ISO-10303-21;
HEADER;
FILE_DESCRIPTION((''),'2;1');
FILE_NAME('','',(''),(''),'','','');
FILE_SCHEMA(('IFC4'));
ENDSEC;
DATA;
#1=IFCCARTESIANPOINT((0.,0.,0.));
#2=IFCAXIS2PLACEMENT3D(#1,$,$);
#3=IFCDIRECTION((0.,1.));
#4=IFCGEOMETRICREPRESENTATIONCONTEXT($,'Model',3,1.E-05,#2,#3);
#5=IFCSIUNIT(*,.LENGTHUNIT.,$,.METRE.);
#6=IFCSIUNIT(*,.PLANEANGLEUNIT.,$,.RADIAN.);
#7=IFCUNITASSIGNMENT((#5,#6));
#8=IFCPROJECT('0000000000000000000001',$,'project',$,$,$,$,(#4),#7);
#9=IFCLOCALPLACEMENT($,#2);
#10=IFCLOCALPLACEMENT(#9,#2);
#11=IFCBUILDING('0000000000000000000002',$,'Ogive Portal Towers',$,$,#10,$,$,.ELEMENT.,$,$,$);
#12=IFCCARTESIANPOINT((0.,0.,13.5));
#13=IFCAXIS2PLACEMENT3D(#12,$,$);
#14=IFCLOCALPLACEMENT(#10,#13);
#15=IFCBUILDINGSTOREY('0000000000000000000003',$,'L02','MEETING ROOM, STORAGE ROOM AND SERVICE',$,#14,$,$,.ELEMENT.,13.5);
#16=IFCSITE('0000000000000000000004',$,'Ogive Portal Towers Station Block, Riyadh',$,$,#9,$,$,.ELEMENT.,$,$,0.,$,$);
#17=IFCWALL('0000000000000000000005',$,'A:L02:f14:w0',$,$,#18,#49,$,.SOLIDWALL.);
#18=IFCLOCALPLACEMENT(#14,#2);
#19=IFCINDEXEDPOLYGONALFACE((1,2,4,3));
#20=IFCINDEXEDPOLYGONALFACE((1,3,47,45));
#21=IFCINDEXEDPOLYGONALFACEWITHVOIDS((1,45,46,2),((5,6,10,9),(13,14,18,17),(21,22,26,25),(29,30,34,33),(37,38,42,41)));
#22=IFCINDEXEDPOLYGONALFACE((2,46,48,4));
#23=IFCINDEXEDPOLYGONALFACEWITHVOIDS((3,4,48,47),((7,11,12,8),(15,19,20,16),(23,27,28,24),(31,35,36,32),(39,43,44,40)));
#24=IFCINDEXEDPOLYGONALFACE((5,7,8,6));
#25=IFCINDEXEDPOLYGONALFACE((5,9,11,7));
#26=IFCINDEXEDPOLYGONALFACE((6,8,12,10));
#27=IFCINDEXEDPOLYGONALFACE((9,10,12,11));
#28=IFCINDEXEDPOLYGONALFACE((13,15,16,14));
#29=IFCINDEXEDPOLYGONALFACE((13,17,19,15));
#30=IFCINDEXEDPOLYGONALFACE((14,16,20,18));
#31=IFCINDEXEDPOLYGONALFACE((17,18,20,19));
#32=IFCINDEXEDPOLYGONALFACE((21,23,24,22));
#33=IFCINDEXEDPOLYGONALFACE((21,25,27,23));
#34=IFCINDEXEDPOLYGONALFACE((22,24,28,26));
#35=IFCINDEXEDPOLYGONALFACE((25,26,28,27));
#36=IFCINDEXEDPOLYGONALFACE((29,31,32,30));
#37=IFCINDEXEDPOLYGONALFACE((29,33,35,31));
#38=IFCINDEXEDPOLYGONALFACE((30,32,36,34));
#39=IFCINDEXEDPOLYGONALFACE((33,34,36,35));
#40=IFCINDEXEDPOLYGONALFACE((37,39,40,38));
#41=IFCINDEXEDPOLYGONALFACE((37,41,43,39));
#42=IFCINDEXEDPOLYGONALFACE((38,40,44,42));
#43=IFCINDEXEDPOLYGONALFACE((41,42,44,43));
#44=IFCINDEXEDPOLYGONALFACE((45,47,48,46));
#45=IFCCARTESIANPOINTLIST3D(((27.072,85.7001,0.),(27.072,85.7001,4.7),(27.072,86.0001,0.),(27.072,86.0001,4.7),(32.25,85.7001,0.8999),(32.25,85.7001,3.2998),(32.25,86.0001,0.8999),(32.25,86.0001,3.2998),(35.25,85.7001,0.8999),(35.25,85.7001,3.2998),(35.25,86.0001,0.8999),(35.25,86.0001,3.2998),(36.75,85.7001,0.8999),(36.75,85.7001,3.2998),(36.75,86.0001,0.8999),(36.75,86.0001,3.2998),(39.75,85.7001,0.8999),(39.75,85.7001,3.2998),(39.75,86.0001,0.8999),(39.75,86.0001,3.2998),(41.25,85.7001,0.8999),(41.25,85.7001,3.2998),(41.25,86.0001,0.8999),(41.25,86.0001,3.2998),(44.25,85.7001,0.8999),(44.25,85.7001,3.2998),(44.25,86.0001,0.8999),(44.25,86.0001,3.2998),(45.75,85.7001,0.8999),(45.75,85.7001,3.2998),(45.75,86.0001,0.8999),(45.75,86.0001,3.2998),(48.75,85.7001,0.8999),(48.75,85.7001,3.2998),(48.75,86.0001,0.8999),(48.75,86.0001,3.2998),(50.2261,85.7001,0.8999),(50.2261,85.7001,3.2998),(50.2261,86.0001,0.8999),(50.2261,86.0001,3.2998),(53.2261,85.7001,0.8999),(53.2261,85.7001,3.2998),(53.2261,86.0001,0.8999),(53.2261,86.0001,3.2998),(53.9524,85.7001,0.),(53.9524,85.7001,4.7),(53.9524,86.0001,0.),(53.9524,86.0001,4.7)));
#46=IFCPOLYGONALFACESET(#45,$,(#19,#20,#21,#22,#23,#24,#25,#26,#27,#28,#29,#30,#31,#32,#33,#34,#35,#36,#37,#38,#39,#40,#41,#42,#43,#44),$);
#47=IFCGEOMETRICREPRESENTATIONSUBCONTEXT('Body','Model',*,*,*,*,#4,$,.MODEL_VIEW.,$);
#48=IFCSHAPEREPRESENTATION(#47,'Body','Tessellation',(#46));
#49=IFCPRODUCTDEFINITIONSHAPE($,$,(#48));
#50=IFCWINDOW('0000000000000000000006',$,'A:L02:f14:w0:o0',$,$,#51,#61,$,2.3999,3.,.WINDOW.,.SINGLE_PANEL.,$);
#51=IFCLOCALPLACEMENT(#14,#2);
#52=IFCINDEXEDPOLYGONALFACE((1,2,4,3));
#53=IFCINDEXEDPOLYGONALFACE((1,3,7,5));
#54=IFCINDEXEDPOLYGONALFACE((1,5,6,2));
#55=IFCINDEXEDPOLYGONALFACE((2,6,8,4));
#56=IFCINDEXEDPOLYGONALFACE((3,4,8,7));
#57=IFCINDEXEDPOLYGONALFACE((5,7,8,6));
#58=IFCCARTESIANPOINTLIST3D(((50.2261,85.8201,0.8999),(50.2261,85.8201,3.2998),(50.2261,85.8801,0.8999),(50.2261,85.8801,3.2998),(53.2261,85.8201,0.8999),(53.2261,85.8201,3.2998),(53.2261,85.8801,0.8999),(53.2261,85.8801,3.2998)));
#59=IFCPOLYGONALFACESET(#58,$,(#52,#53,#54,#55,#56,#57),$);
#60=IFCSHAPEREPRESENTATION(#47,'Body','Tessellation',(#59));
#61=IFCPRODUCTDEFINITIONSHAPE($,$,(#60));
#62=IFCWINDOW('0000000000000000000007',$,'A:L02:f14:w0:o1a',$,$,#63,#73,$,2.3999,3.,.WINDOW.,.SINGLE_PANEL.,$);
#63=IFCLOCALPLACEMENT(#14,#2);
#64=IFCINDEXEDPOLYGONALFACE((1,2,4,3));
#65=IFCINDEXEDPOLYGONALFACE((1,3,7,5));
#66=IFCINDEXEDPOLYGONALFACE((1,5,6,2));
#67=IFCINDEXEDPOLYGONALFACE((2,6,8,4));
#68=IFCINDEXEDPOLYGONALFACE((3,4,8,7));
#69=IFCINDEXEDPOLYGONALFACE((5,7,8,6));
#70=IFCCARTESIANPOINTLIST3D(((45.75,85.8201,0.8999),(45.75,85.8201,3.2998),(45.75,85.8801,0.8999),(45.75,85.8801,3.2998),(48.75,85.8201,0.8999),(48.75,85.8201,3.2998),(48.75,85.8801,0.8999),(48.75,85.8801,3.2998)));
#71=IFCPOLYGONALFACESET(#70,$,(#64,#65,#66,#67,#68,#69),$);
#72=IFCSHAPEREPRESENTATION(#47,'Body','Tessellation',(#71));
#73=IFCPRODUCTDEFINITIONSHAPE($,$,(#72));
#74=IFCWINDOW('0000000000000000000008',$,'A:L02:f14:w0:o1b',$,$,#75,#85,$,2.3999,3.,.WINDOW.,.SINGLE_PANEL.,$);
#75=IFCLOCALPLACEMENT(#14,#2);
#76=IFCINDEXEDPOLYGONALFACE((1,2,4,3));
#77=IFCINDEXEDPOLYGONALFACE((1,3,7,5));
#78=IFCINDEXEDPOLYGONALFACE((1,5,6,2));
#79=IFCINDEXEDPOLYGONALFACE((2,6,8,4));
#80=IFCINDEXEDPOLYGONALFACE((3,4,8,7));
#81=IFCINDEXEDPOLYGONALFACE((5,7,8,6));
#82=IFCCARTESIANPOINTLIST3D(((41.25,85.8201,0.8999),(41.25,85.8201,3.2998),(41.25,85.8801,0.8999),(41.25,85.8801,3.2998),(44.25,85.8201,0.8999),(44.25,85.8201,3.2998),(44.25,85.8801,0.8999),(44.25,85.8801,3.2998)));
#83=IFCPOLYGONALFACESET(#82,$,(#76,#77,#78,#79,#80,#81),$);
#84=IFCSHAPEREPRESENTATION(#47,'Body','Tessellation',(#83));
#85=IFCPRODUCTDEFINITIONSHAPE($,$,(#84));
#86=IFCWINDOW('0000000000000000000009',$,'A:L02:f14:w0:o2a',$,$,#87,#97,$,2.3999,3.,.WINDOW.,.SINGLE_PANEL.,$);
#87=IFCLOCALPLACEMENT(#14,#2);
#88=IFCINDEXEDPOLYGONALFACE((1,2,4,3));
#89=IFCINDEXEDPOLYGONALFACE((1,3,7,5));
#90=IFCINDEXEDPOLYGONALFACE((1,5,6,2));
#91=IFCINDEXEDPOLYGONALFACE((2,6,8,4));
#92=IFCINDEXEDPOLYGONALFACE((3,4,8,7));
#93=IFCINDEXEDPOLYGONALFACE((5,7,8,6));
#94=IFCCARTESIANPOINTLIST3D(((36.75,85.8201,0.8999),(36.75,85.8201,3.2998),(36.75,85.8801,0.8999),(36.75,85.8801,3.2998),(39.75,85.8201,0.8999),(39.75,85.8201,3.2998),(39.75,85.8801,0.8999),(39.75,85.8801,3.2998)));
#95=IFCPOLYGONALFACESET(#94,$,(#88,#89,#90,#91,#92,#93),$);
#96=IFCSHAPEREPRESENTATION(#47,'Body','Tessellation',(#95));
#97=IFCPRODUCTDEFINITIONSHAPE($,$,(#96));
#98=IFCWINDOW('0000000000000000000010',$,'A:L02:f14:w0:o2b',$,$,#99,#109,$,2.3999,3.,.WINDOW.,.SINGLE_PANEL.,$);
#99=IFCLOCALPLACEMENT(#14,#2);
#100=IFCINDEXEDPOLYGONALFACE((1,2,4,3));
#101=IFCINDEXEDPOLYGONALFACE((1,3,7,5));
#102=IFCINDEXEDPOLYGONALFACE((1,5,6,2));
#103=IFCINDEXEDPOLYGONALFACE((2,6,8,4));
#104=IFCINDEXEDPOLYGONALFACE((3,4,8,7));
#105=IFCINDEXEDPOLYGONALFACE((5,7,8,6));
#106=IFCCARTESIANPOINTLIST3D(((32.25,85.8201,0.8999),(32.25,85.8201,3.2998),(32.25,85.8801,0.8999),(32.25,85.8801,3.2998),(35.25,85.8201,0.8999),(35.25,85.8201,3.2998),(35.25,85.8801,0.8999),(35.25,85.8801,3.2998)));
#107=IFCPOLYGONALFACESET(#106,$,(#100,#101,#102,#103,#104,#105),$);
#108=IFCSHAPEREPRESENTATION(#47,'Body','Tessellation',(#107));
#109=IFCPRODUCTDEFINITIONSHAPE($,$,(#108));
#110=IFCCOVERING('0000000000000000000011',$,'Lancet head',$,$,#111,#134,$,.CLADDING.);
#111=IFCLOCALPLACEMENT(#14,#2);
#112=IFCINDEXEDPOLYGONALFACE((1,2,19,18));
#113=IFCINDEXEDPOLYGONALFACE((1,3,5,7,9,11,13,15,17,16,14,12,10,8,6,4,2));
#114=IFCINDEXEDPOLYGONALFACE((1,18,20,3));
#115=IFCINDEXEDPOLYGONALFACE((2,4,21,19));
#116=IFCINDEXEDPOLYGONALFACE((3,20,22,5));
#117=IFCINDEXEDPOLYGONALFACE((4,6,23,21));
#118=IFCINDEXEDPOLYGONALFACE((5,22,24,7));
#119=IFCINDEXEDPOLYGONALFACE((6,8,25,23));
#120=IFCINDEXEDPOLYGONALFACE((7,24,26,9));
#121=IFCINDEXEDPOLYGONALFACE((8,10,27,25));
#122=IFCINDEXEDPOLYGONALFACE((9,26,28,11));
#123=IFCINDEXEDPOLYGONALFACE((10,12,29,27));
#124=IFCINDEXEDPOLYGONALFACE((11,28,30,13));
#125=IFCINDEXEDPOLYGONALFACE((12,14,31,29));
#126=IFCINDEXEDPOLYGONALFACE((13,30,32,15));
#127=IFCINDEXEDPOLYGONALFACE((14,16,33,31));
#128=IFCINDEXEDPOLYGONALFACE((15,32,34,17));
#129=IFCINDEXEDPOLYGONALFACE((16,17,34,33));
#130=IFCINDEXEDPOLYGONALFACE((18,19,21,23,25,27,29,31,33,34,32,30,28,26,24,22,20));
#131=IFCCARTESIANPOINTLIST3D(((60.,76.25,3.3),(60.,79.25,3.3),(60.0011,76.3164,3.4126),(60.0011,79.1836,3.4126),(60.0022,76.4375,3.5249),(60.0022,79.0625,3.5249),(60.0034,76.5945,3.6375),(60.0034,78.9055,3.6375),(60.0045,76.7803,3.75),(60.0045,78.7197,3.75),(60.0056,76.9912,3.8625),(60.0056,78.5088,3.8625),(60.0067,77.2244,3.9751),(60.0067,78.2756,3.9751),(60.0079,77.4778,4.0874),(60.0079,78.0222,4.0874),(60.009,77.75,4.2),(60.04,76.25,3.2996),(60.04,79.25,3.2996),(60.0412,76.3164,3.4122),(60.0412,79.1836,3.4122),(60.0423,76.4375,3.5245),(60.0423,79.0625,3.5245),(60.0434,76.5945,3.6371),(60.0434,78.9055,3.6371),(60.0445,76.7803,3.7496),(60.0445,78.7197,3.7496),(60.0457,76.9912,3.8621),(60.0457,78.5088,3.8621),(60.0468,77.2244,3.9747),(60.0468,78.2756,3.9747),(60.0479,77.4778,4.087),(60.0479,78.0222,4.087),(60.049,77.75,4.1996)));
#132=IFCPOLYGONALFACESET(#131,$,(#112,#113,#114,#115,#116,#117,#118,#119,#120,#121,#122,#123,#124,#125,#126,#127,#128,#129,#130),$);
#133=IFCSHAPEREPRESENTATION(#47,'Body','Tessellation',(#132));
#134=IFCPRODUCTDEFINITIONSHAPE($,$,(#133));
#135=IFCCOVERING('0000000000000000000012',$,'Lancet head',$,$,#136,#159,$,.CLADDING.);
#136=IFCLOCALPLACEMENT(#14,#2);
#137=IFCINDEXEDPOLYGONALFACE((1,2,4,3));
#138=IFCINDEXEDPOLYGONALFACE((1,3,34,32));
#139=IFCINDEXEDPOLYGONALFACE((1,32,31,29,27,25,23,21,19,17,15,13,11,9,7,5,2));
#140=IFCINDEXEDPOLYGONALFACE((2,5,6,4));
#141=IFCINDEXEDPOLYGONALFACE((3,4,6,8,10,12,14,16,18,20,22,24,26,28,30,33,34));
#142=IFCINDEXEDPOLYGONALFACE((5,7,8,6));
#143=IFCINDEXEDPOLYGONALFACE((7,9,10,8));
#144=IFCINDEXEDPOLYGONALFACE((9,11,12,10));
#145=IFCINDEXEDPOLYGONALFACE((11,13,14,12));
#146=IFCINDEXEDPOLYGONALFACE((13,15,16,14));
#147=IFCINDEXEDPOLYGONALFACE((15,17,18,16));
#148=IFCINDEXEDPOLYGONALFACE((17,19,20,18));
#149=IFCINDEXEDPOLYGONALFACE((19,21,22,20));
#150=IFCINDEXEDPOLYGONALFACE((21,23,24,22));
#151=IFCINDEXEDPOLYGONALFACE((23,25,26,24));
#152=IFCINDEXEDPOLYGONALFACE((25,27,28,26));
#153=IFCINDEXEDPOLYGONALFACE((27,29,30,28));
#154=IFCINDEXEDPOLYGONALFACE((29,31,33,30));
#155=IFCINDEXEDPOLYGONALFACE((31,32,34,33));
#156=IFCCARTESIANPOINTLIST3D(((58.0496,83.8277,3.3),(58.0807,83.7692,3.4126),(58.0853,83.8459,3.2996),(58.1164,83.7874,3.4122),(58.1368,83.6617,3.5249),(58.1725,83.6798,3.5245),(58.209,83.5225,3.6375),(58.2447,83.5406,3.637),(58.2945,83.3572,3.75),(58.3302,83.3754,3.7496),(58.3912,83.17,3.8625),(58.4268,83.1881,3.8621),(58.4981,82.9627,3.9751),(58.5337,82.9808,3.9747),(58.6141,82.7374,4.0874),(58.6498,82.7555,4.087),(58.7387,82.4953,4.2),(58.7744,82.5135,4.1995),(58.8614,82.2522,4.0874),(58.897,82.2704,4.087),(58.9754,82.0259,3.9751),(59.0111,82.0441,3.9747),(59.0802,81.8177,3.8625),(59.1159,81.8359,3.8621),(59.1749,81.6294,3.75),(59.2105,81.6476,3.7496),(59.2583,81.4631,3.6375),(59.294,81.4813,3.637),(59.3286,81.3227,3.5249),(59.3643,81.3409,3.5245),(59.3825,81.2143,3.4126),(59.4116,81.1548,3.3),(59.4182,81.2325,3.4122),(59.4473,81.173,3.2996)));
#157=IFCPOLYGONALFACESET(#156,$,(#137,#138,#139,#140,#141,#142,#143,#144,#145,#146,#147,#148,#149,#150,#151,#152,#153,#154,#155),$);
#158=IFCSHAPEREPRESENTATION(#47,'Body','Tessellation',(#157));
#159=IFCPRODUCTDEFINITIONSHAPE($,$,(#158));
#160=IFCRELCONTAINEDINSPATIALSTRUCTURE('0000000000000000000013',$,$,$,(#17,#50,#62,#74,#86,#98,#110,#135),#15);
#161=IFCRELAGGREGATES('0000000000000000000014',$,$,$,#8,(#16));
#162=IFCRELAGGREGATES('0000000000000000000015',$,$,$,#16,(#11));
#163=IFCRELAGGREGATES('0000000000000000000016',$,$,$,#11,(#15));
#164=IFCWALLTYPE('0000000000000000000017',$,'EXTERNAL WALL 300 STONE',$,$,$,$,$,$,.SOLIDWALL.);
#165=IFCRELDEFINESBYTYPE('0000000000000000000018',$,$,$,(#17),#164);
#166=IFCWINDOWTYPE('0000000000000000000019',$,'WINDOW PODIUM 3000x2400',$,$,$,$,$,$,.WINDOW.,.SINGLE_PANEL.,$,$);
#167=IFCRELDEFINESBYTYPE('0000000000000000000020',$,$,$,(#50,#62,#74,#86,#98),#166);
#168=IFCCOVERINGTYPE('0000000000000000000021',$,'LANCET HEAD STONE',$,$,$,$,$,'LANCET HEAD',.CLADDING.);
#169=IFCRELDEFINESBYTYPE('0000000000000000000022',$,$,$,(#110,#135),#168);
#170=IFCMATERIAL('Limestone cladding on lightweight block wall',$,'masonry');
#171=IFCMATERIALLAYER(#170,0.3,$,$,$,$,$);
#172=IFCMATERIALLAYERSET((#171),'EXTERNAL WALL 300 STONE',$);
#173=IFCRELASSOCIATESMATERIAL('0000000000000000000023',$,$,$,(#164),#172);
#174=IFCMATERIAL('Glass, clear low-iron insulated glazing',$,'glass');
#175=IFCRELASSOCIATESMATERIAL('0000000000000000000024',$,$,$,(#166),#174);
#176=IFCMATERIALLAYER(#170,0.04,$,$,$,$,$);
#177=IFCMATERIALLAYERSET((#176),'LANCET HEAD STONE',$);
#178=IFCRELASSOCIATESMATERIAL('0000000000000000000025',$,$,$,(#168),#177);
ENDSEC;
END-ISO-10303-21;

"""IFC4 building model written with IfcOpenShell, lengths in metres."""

from ifc_helpers import new_model, si_unit, direction, frame, frame_2d, origin, place, context, subcontext, project, spatial, polyline, rectangle, outline, extrude, material, layer, layer_set, type_object, element, fill, save


model = new_model("IFC4")

# Units and contexts
model_context = context("Model", 3, precision=1e-05, world=origin(), true_north=direction((0.0, 1.0)))
body_context = subcontext(model_context, "Body", "Model", "MODEL_VIEW")
ifc_project = project(units=[si_unit("LENGTHUNIT", "METRE"), si_unit("PLANEANGLEUNIT", "RADIAN")], contexts=[model_context])

# Site, building, storey
site_placement = place(None, origin())
site = spatial("IfcSite", under=ifc_project, at=site_placement, Name="Ogive Portal Towers Station Block, Riyadh", CompositionType="ELEMENT", RefElevation=0.0)
building_placement = place(site_placement, origin())
building = spatial("IfcBuilding", under=site, at=building_placement, Name="Ogive Portal Towers", CompositionType="ELEMENT")
storey_placement = place(building_placement, frame((0.0, 0.0, 13.5)))
storey = spatial("IfcBuildingStorey", under=building, at=storey_placement, Name="L02", Description="MEETING ROOM, STORAGE ROOM AND SERVICE", CompositionType="ELEMENT", Elevation=13.5)

# Shared definitions
ifc_material_1 = material(Name="Limestone cladding on lightweight block wall", Category="masonry")
ifc_layer_1 = layer(ifc_material_1, 0.3)
ifc_layer_set_1 = layer_set([ifc_layer_1], Name="EXTERNAL WALL 300 STONE")
wall_type = type_object("IfcWallType", Name="EXTERNAL WALL 300 STONE", PredefinedType="SOLIDWALL", material=ifc_layer_set_1)
ifc_material_2 = material(Name="Glass, clear low-iron insulated glazing", Category="glass")
window_type = type_object("IfcWindowType", Name="WINDOW PODIUM 3000x2400", PartitioningType="SINGLE_PANEL", PredefinedType="WINDOW", material=ifc_material_2)

# Wall, openings, windows
wall_1_placement = place(storey_placement, frame((53.9524, 85.8501, 0.0), z_axis=(0.0, 0.0, 1.0), x_axis=(-1.0, 0.0, 0.0)))
wall_1 = element("IfcWall", 1, at=wall_1_placement, inside=storey, type_object=wall_type, Name="A:L02:f14:w0", PredefinedType="SOLIDWALL", context=body_context, shape_type="SweptSolid", body=[
    extrude(rectangle(XDim=26.8804, YDim=0.3, at=frame_2d((13.4402, 0.0))), origin(), (0.0, 0.0, 1.0), 4.7),
])
opening_1_placement = place(wall_1_placement, frame((0.7263, 0.0, 0.8999)))
opening_1 = element("IfcOpeningElement", 2, at=opening_1_placement, cuts=wall_1, PredefinedType="OPENING", context=body_context, shape_type="SweptSolid", body=[
    extrude(rectangle(XDim=3.0, YDim=2.3999, at=frame_2d((1.5, 1.2))), frame((0.0, 0.1602, 0.0), z_axis=(0.0, -1.0, 0.0), x_axis=(1.0, 0.0, 0.0)), (0.0, 0.0, 1.0), 0.3201),
])
opening_2_placement = place(wall_1_placement, frame((5.2024, 0.0, 0.8999)))
opening_2 = element("IfcOpeningElement", 3, at=opening_2_placement, cuts=wall_1, PredefinedType="OPENING", context=body_context, shape_type="SweptSolid", body=[
    extrude(rectangle(XDim=3.0, YDim=2.3999, at=frame_2d((1.5, 1.2))), frame((0.0, 0.1602, 0.0), z_axis=(0.0, -1.0, 0.0), x_axis=(1.0, 0.0, 0.0)), (0.0, 0.0, 1.0), 0.3201),
])
opening_3_placement = place(wall_1_placement, frame((9.7024, 0.0, 0.8999)))
opening_3 = element("IfcOpeningElement", 4, at=opening_3_placement, cuts=wall_1, PredefinedType="OPENING", context=body_context, shape_type="SweptSolid", body=[
    extrude(rectangle(XDim=3.0, YDim=2.3999, at=frame_2d((1.5, 1.2))), frame((0.0, 0.1602, 0.0), z_axis=(0.0, -1.0, 0.0), x_axis=(1.0, 0.0, 0.0)), (0.0, 0.0, 1.0), 0.3201),
])
opening_4_placement = place(wall_1_placement, frame((14.2024, 0.0, 0.8999)))
opening_4 = element("IfcOpeningElement", 5, at=opening_4_placement, cuts=wall_1, PredefinedType="OPENING", context=body_context, shape_type="SweptSolid", body=[
    extrude(rectangle(XDim=3.0, YDim=2.3999, at=frame_2d((1.5, 1.2))), frame((0.0, 0.1602, 0.0), z_axis=(0.0, -1.0, 0.0), x_axis=(1.0, 0.0, 0.0)), (0.0, 0.0, 1.0), 0.3201),
])
opening_5_placement = place(wall_1_placement, frame((18.7024, 0.0, 0.8999)))
opening_5 = element("IfcOpeningElement", 6, at=opening_5_placement, cuts=wall_1, PredefinedType="OPENING", context=body_context, shape_type="SweptSolid", body=[
    extrude(rectangle(XDim=3.0, YDim=2.3999, at=frame_2d((1.5, 1.2))), frame((0.0, 0.1602, 0.0), z_axis=(0.0, -1.0, 0.0), x_axis=(1.0, 0.0, 0.0)), (0.0, 0.0, 1.0), 0.3201),
])
window_1_placement = place(opening_1_placement, origin())
window_1 = element("IfcWindow", 7, at=window_1_placement, inside=storey, type_object=window_type, Name="A:L02:f14:w0:o0", OverallHeight=2.3999, OverallWidth=3.0, PartitioningType="SINGLE_PANEL", PredefinedType="WINDOW", context=body_context, shape_type="SweptSolid", body=[
    extrude(rectangle(XDim=3.0, YDim=2.3999, at=frame_2d((1.5, 1.2))), frame((0.0, 0.03, 0.0), z_axis=(0.0, -1.0, 0.0), x_axis=(1.0, 0.0, 0.0)), (0.0, 0.0, 1.0), 0.0601),
])
fill(opening_1, window_1)
window_2_placement = place(opening_2_placement, origin())
window_2 = element("IfcWindow", 8, at=window_2_placement, inside=storey, type_object=window_type, Name="A:L02:f14:w0:o1a", OverallHeight=2.3999, OverallWidth=3.0, PartitioningType="SINGLE_PANEL", PredefinedType="WINDOW", context=body_context, shape_type="SweptSolid", body=[
    extrude(rectangle(XDim=3.0, YDim=2.3999, at=frame_2d((1.5, 1.2))), frame((0.0, 0.03, 0.0), z_axis=(0.0, -1.0, 0.0), x_axis=(1.0, 0.0, 0.0)), (0.0, 0.0, 1.0), 0.0601),
])
fill(opening_2, window_2)
window_3_placement = place(opening_3_placement, origin())
window_3 = element("IfcWindow", 9, at=window_3_placement, inside=storey, type_object=window_type, Name="A:L02:f14:w0:o1b", OverallHeight=2.3999, OverallWidth=3.0, PartitioningType="SINGLE_PANEL", PredefinedType="WINDOW", context=body_context, shape_type="SweptSolid", body=[
    extrude(rectangle(XDim=3.0, YDim=2.3999, at=frame_2d((1.5, 1.2))), frame((0.0, 0.03, 0.0), z_axis=(0.0, -1.0, 0.0), x_axis=(1.0, 0.0, 0.0)), (0.0, 0.0, 1.0), 0.0601),
])
fill(opening_3, window_3)
window_4_placement = place(opening_4_placement, origin())
window_4 = element("IfcWindow", 10, at=window_4_placement, inside=storey, type_object=window_type, Name="A:L02:f14:w0:o2a", OverallHeight=2.3999, OverallWidth=3.0, PartitioningType="SINGLE_PANEL", PredefinedType="WINDOW", context=body_context, shape_type="SweptSolid", body=[
    extrude(rectangle(XDim=3.0, YDim=2.3999, at=frame_2d((1.5, 1.2))), frame((0.0, 0.03, 0.0), z_axis=(0.0, -1.0, 0.0), x_axis=(1.0, 0.0, 0.0)), (0.0, 0.0, 1.0), 0.0601),
])
fill(opening_4, window_4)
window_5_placement = place(opening_5_placement, origin())
window_5 = element("IfcWindow", 11, at=window_5_placement, inside=storey, type_object=window_type, Name="A:L02:f14:w0:o2b", OverallHeight=2.3999, OverallWidth=3.0, PartitioningType="SINGLE_PANEL", PredefinedType="WINDOW", context=body_context, shape_type="SweptSolid", body=[
    extrude(rectangle(XDim=3.0, YDim=2.3999, at=frame_2d((1.5, 1.2))), frame((0.0, 0.03, 0.0), z_axis=(0.0, -1.0, 0.0), x_axis=(1.0, 0.0, 0.0)), (0.0, 0.0, 1.0), 0.0601),
])
fill(opening_5, window_5)

# Coverings
ifc_layer_2 = layer(ifc_material_1, 0.04)
ifc_layer_set_2 = layer_set([ifc_layer_2], Name="LANCET HEAD STONE")
covering_type_1 = type_object("IfcCoveringType", Name="LANCET HEAD STONE", ElementType="LANCET HEAD", PredefinedType="CLADDING", material=ifc_layer_set_2)
covering_1_placement = place(storey_placement, frame((60.0, 76.25, 3.3), z_axis=(-0.99995, 0.0, 0.009994), x_axis=(0.0, 1.0, 0.0)))
element("IfcCovering", 12, at=covering_1_placement, inside=storey, type_object=covering_type_1, Name="Lancet head", PredefinedType="CLADDING", context=body_context, shape_type="SweptSolid", body=[
    extrude(outline(polyline([(0.0, 0.0), (3.0, 0.0), (2.9336, -0.1126), (2.8125, -0.2249), (2.6555, -0.3374), (2.4697, -0.45), (2.2588, -0.5625), (2.0256, -0.6751), (1.7722, -0.7874), (1.5, -0.8999), (1.2278, -0.7874), (0.9744, -0.6751), (0.7412, -0.5625), (0.5303, -0.45), (0.3445, -0.3374), (0.1875, -0.2249), (0.0664, -0.1126), (0.0, 0.0)])), origin(), (0.0, 0.0, -1.0), 0.04),
])
covering_2_placement = place(storey_placement, frame((59.4116, 81.1548, 3.3), z_axis=(-0.890951, -0.453987, 0.010108), x_axis=(-0.45401, 0.890997, 0.0)))
element("IfcCovering", 13, at=covering_2_placement, inside=storey, type_object=covering_type_1, Name="Lancet head", PredefinedType="CLADDING", context=body_context, shape_type="SweptSolid", body=[
    extrude(outline(polyline([(0.0, 0.0), (2.9999, 0.0), (2.9337, -0.1126), (2.8124, -0.2249), (2.6556, -0.3374), (2.4695, -0.45), (2.2588, -0.5625), (2.0256, -0.6751), (1.7721, -0.7874), (1.4999, -0.8999), (1.2276, -0.7874), (0.9742, -0.6751), (0.7411, -0.5625), (0.5304, -0.45), (0.3443, -0.3374), (0.1873, -0.2249), (0.0663, -0.1126), (0.0, 0.0)])), origin(), (0.0, 0.0, -1.0), 0.04),
])

save(model, "model.ifc")
